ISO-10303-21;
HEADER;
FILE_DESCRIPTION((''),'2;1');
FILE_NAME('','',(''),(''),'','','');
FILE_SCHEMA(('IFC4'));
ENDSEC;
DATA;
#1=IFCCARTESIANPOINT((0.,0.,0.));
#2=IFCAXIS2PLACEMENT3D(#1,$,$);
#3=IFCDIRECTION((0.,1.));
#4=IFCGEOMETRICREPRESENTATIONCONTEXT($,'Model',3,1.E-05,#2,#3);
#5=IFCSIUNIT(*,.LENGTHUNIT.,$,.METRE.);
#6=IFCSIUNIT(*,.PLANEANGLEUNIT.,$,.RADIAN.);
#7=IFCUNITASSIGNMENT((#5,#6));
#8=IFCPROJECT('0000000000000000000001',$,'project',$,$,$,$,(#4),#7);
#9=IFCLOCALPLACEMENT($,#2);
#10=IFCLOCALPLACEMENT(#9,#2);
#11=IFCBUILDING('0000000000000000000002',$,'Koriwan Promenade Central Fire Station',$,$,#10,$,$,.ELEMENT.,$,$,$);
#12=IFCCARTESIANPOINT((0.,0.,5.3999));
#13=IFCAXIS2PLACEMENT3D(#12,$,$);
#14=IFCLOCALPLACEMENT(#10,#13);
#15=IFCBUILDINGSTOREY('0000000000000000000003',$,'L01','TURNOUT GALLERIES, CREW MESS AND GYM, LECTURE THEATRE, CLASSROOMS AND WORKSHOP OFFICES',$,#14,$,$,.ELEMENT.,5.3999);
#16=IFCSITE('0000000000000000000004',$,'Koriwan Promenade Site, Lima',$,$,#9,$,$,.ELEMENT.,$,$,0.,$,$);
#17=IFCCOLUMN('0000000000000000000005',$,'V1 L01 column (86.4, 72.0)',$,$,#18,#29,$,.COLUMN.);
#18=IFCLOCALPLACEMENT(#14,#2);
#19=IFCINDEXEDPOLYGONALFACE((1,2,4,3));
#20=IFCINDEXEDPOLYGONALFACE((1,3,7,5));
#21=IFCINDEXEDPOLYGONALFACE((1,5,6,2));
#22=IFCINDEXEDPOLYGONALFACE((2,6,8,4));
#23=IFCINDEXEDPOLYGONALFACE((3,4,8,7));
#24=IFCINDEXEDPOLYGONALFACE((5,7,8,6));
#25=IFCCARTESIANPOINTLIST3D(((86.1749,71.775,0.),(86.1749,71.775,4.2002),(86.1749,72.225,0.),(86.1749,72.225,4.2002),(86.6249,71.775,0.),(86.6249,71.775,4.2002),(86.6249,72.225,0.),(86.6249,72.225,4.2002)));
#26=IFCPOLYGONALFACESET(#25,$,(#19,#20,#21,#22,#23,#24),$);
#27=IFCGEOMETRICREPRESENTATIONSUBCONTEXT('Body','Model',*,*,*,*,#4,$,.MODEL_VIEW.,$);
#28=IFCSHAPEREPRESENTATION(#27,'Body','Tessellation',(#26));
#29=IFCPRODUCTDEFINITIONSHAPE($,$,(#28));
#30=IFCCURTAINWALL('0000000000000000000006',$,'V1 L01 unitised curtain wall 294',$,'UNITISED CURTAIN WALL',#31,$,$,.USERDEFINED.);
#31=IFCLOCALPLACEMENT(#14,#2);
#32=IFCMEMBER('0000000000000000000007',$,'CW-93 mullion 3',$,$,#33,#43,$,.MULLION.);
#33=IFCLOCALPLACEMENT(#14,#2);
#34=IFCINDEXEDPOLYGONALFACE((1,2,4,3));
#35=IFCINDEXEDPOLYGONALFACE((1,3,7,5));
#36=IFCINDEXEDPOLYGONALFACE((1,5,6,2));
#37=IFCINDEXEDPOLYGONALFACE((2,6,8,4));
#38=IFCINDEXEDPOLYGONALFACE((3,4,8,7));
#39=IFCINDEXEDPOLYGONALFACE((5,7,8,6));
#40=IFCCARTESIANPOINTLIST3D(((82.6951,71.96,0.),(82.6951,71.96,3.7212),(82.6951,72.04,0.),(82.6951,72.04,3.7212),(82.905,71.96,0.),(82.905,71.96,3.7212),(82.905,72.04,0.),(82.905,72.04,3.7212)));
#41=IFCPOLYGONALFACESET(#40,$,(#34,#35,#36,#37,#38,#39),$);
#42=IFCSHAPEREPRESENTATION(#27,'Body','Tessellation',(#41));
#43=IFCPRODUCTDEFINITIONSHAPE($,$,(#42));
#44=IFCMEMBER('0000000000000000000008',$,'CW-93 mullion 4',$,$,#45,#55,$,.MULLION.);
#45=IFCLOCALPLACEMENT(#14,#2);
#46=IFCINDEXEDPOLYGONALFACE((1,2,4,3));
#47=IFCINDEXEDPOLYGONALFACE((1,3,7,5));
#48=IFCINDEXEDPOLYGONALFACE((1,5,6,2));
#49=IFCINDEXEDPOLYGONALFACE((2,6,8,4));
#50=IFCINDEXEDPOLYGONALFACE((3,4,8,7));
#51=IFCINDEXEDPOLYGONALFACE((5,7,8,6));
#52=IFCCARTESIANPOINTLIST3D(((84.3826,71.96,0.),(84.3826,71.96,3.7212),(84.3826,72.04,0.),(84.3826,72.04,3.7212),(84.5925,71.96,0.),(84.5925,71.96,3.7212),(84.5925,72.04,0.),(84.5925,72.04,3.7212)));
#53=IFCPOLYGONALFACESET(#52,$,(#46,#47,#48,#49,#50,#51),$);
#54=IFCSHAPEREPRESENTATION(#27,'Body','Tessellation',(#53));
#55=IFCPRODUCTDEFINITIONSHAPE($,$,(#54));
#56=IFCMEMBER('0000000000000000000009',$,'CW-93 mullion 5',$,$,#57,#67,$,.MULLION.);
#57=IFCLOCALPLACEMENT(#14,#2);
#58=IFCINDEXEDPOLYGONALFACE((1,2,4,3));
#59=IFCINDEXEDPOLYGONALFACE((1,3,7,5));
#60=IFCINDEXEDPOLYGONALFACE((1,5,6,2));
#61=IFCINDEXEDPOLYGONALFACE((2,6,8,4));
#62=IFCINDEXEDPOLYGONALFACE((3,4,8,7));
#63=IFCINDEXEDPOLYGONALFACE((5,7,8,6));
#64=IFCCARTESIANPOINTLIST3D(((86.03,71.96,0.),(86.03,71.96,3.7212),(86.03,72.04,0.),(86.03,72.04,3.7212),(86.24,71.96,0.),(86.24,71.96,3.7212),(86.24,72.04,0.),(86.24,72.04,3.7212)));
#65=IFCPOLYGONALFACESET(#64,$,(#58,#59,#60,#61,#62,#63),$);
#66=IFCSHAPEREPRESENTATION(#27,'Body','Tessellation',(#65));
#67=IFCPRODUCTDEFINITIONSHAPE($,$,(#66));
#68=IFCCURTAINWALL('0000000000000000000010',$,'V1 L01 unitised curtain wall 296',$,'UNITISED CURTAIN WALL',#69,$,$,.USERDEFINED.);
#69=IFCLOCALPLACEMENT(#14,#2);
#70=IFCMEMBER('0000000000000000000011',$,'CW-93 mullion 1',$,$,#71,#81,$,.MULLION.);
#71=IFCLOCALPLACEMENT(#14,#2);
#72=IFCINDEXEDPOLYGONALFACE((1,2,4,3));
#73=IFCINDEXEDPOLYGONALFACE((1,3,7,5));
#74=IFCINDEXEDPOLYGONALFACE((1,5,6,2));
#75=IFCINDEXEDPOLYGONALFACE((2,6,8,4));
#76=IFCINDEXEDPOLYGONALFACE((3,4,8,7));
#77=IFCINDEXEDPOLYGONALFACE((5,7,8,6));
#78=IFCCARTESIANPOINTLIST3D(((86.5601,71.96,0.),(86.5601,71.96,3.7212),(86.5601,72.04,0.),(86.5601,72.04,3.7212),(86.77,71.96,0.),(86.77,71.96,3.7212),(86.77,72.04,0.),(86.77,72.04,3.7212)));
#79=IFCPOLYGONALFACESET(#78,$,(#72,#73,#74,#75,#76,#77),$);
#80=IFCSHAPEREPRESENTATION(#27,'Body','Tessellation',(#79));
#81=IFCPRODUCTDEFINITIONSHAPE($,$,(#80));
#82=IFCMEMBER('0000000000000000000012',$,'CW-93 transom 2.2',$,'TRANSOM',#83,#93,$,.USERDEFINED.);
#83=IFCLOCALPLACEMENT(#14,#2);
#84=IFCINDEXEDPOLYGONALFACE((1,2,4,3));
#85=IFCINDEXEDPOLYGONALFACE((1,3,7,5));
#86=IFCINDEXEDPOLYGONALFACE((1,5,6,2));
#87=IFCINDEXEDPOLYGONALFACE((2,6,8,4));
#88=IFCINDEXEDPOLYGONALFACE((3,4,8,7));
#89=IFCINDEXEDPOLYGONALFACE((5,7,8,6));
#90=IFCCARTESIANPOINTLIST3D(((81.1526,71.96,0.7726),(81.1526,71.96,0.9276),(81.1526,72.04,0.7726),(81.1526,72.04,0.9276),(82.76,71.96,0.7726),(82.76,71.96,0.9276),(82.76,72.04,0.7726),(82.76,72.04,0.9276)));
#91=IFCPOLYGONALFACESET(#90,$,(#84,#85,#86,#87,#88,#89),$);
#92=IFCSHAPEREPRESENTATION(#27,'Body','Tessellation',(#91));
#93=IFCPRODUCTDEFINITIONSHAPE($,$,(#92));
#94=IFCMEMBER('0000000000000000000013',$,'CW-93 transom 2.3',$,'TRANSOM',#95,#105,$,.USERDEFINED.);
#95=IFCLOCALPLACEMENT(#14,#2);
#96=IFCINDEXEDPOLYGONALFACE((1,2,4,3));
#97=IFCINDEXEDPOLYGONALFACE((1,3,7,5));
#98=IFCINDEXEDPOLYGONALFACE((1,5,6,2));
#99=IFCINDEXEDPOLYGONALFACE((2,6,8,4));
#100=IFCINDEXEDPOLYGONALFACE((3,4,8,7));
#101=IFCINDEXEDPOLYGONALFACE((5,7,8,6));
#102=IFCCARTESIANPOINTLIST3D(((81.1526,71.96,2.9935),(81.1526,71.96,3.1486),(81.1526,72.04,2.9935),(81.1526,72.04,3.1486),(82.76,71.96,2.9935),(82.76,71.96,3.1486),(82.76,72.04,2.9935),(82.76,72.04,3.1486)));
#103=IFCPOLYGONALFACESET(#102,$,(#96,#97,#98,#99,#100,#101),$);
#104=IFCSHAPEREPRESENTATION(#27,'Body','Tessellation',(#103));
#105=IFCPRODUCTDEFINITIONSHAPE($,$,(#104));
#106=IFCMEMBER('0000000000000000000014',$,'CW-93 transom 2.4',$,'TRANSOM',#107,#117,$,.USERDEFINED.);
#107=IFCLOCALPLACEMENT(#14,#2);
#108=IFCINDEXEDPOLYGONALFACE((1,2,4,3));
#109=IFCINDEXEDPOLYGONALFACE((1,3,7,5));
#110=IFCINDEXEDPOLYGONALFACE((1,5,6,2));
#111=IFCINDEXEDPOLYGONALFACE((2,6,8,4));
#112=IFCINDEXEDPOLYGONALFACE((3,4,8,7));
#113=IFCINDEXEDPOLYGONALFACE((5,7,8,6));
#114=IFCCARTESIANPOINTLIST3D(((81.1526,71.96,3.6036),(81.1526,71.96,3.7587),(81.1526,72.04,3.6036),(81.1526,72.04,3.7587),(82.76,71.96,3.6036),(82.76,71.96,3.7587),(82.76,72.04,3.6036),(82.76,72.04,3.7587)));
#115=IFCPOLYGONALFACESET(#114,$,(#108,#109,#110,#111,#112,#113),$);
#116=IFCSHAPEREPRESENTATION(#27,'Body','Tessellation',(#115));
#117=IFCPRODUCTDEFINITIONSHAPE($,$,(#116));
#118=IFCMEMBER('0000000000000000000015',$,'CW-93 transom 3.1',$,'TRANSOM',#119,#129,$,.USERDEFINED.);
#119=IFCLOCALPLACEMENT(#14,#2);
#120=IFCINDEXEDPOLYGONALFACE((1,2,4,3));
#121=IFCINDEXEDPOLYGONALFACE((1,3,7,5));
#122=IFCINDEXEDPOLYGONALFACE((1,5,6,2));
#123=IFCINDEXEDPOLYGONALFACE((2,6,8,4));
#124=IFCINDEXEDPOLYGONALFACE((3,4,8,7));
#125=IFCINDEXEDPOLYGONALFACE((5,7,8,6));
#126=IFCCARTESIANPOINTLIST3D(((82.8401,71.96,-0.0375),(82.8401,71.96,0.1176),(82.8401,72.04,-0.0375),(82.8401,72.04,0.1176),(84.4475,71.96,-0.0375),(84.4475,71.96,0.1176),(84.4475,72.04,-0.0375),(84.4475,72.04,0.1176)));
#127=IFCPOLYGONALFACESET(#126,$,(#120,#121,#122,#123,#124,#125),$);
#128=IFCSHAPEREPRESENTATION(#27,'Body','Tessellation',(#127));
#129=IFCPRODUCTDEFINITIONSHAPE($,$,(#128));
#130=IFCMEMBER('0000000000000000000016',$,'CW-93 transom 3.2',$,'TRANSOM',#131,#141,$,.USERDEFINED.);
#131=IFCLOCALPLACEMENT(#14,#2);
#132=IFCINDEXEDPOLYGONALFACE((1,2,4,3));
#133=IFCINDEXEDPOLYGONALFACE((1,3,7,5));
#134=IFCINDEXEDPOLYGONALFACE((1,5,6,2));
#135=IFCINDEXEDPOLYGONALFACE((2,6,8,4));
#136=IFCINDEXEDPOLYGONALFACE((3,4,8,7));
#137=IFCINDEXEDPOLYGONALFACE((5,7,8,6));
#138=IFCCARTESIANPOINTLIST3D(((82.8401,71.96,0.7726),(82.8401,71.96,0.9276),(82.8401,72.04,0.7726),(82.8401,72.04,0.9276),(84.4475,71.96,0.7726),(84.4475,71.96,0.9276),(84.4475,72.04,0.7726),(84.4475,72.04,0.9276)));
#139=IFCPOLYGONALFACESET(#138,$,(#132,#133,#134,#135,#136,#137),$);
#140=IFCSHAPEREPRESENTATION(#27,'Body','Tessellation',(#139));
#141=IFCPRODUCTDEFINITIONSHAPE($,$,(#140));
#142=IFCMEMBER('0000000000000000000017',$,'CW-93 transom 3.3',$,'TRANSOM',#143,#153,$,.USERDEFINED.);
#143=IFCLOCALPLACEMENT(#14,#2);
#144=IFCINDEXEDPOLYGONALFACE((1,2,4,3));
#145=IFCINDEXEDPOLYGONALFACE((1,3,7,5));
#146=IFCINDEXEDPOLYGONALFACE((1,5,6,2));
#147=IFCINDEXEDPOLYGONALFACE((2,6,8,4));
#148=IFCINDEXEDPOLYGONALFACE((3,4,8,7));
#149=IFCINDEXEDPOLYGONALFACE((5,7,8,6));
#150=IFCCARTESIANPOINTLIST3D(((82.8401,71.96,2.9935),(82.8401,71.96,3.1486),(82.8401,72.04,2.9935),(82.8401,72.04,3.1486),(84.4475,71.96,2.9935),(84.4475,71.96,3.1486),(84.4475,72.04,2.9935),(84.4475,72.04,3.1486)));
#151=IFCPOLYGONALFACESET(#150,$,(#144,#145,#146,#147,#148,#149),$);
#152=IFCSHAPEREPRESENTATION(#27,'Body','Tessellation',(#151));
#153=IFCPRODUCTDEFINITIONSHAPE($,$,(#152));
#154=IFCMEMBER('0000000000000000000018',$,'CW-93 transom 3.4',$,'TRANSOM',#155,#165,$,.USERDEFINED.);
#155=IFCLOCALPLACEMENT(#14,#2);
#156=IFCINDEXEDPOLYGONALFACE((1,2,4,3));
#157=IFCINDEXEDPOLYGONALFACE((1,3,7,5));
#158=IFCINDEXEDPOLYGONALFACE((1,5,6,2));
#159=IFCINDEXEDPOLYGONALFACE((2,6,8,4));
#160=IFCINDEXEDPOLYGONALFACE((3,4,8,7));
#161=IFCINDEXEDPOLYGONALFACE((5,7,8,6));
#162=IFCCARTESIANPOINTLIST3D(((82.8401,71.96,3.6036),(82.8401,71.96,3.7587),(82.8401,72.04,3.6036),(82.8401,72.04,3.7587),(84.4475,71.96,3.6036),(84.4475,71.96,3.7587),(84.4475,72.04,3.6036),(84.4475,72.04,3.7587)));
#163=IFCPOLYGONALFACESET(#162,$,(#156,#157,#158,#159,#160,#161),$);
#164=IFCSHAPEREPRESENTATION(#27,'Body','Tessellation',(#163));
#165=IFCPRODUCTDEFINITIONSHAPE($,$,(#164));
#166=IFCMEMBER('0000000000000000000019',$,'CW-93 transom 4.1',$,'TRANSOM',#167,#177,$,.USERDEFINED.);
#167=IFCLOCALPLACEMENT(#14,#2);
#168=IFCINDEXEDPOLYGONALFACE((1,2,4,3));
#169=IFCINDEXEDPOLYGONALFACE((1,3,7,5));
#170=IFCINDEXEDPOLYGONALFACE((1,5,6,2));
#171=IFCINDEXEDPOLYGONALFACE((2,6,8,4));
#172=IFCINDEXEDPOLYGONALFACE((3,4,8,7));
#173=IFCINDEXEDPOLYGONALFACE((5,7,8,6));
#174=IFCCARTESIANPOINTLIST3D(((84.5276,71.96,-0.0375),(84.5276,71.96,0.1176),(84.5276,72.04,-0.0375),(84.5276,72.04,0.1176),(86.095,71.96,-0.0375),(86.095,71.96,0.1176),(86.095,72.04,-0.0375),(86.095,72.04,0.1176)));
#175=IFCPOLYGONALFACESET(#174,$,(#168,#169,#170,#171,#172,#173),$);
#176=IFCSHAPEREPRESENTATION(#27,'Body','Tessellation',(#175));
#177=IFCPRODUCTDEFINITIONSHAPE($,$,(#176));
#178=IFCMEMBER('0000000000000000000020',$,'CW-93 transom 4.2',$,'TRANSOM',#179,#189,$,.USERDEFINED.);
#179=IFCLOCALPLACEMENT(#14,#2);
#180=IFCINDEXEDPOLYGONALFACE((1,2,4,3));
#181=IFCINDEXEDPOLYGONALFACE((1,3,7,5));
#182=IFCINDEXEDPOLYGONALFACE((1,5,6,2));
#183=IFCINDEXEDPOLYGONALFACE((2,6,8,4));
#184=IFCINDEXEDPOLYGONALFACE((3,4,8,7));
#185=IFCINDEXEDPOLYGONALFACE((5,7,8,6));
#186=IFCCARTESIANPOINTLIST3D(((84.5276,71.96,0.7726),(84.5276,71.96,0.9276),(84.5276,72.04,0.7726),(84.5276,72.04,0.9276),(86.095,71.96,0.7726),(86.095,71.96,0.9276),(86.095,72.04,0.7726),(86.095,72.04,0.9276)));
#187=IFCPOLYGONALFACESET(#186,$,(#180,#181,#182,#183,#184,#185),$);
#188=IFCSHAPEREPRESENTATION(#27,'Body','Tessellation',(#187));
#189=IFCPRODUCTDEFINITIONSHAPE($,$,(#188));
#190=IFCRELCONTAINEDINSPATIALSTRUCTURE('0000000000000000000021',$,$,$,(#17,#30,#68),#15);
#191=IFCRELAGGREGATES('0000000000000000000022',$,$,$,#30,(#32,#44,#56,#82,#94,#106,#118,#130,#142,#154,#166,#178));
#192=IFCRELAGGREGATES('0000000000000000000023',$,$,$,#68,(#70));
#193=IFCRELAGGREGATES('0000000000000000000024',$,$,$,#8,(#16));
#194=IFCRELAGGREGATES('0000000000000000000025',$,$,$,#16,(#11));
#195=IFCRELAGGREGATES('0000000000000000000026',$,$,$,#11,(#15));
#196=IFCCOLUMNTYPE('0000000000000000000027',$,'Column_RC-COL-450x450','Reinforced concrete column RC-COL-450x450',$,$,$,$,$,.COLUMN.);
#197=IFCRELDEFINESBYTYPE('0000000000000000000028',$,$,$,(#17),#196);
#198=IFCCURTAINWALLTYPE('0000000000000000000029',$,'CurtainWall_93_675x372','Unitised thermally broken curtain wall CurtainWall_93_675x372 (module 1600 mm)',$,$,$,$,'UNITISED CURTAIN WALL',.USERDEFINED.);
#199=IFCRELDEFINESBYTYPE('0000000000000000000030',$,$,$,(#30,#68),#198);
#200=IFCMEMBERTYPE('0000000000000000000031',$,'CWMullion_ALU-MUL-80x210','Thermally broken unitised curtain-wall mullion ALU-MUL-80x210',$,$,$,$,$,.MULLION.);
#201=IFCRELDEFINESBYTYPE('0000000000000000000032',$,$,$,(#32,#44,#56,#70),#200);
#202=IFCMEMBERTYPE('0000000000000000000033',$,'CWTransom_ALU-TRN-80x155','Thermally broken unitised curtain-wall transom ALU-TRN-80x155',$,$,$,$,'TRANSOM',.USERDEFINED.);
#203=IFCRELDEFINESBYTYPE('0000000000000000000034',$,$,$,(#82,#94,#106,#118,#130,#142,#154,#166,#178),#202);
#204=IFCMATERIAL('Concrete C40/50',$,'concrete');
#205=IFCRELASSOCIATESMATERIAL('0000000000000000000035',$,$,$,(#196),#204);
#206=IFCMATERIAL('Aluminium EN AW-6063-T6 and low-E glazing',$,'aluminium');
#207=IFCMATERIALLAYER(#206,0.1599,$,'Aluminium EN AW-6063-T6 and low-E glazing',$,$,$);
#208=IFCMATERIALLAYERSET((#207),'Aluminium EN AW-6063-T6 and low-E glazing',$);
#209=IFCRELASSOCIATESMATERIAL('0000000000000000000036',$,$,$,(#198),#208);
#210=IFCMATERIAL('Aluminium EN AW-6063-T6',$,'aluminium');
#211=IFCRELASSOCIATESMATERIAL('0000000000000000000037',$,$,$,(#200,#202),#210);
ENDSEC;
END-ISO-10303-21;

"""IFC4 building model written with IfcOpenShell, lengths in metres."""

from ifc_helpers import new_model, si_unit, direction, frame, origin, origin_2d, place, context, subcontext, project, spatial, rectangle, extrude, material, layer, layer_set, material_profile, profile_set, type_object, element, aggregate, save


model = new_model("IFC4")

# Units and contexts
model_context = context("Model", 3, precision=1e-05, world=origin(), true_north=direction((0.0, 1.0)))
body_context = subcontext(model_context, "Body", "Model", "MODEL_VIEW")
ifc_project = project(units=[si_unit("LENGTHUNIT", "METRE"), si_unit("PLANEANGLEUNIT", "RADIAN")], contexts=[model_context])

# Site, building, storey
site_placement = place(None, origin())
site = spatial("IfcSite", under=ifc_project, at=site_placement, Name="Koriwan Promenade Site, Lima", CompositionType="ELEMENT", RefElevation=0.0)
building_placement = place(site_placement, origin())
building = spatial("IfcBuilding", under=site, at=building_placement, Name="Koriwan Promenade Central Fire Station", CompositionType="ELEMENT")
storey_placement = place(building_placement, frame((0.0, 0.0, 5.3999)))
storey = spatial("IfcBuildingStorey", under=building, at=storey_placement, Name="L01", Description="TURNOUT GALLERIES, CREW MESS AND GYM, LECTURE THEATRE, CLASSROOMS AND WORKSHOP OFFICES", CompositionType="ELEMENT", Elevation=5.3999)

# Column
ifc_material_1 = material(Name="Concrete C40/50", Category="concrete")
ifc_material_profile_1 = material_profile(ifc_material_1, rectangle(XDim=0.45, YDim=0.45, at=origin_2d()), Name="RC-COL-450x450")
ifc_profile_set_1 = profile_set([ifc_material_profile_1], Name="Concrete C40/50")
column_type = type_object("IfcColumnType", Name="Column_RC-COL-450x450", Description="Reinforced concrete column RC-COL-450x450", PredefinedType="COLUMN", material=ifc_profile_set_1)
column_placement = place(storey_placement, frame((86.3999, 72.0, 0.0), z_axis=(0.0, 0.0, 1.0), x_axis=(1.0, 0.0, 0.0)))
element("IfcColumn", 1, at=column_placement, inside=storey, type_object=column_type, Name="V1 L01 column (86.4, 72.0)", PredefinedType="COLUMN", context=body_context, shape_type="SweptSolid", body=[
    extrude(rectangle(XDim=0.45, YDim=0.45, at=origin_2d()), origin(), (0.0, 0.0, 1.0), 4.2002),
])

# Curtain wall, members
ifc_material_2 = material(Name="Aluminium EN AW-6063-T6 and low-E glazing", Category="aluminium")
ifc_layer_1 = layer(ifc_material_2, 0.1599, Name="Aluminium EN AW-6063-T6 and low-E glazing")
ifc_layer_set_1 = layer_set([ifc_layer_1], Name="Aluminium EN AW-6063-T6 and low-E glazing")
curtain_wall_type = type_object("IfcCurtainWallType", Name="CurtainWall_93_675x372", Description="Unitised thermally broken curtain wall CurtainWall_93_675x372 (module 1600 mm)", ElementType="UNITISED CURTAIN WALL", PredefinedType="USERDEFINED", material=ifc_layer_set_1)
curtain_wall_1_placement = place(storey_placement, origin())
curtain_wall_1 = element("IfcCurtainWall", 2, at=curtain_wall_1_placement, inside=storey, type_object=curtain_wall_type, Name="V1 L01 unitised curtain wall 294", ObjectType="UNITISED CURTAIN WALL", PredefinedType="USERDEFINED")
ifc_material_3 = material(Name="Aluminium EN AW-6063-T6", Category="aluminium")
ifc_material_profile_2 = material_profile(ifc_material_3, rectangle(XDim=0.0801, YDim=0.21, at=origin_2d()), Name="ALU-MUL-80x210")
ifc_profile_set_2 = profile_set([ifc_material_profile_2], Name="Aluminium EN AW-6063-T6")
member_type_1 = type_object("IfcMemberType", Name="CWMullion_ALU-MUL-80x210", Description="Thermally broken unitised curtain-wall mullion ALU-MUL-80x210", PredefinedType="MULLION", material=ifc_profile_set_2)
member_1_placement = place(storey_placement, frame((82.8, 72.0, 0.0), z_axis=(0.0, 0.0, 1.0), x_axis=(0.0, 1.0, 0.0)))
member_1 = element("IfcMember", 3, at=member_1_placement, type_object=member_type_1, Name="CW-93 mullion 3", PredefinedType="MULLION", context=body_context, shape_type="SweptSolid", body=[
    extrude(rectangle(XDim=0.0801, YDim=0.21, at=origin_2d()), origin(), (0.0, 0.0, 1.0), 3.7212),
])
member_2_placement = place(storey_placement, frame((84.4875, 72.0, 0.0), z_axis=(0.0, 0.0, 1.0), x_axis=(0.0, 1.0, 0.0)))
member_2 = element("IfcMember", 4, at=member_2_placement, type_object=member_type_1, Name="CW-93 mullion 4", PredefinedType="MULLION", context=body_context, shape_type="SweptSolid", body=[
    extrude(rectangle(XDim=0.0801, YDim=0.21, at=origin_2d()), origin(), (0.0, 0.0, 1.0), 3.7212),
])
member_3_placement = place(storey_placement, frame((86.135, 72.0, 0.0), z_axis=(0.0, 0.0, 1.0), x_axis=(0.0, 1.0, 0.0)))
member_3 = element("IfcMember", 5, at=member_3_placement, type_object=member_type_1, Name="CW-93 mullion 5", PredefinedType="MULLION", context=body_context, shape_type="SweptSolid", body=[
    extrude(rectangle(XDim=0.0801, YDim=0.21, at=origin_2d()), origin(), (0.0, 0.0, 1.0), 3.7212),
])

# Curtain wall, member
curtain_wall_2_placement = place(storey_placement, origin())
curtain_wall_2 = element("IfcCurtainWall", 6, at=curtain_wall_2_placement, inside=storey, type_object=curtain_wall_type, Name="V1 L01 unitised curtain wall 296", ObjectType="UNITISED CURTAIN WALL", PredefinedType="USERDEFINED")
member_4_placement = place(storey_placement, frame((86.665, 72.0, 0.0), z_axis=(0.0, 0.0, 1.0), x_axis=(0.0, 1.0, 0.0)))
member_4 = element("IfcMember", 7, at=member_4_placement, type_object=member_type_1, Name="CW-93 mullion 1", PredefinedType="MULLION", context=body_context, shape_type="SweptSolid", body=[
    extrude(rectangle(XDim=0.0801, YDim=0.21, at=origin_2d()), origin(), (0.0, 0.0, 1.0), 3.7212),
])

# Members
ifc_material_profile_3 = material_profile(ifc_material_3, rectangle(XDim=0.0801, YDim=0.155, at=origin_2d()), Name="ALU-TRN-80x155")
ifc_profile_set_3 = profile_set([ifc_material_profile_3], Name="Aluminium EN AW-6063-T6")
member_type_2 = type_object("IfcMemberType", Name="CWTransom_ALU-TRN-80x155", Description="Thermally broken unitised curtain-wall transom ALU-TRN-80x155", ElementType="TRANSOM", PredefinedType="USERDEFINED", material=ifc_profile_set_3)
member_5_placement = place(storey_placement, frame((81.1526, 72.0, 0.8501), z_axis=(1.0, 0.0, 0.0), x_axis=(0.0, 1.0, 0.0)))
member_5 = element("IfcMember", 8, at=member_5_placement, type_object=member_type_2, Name="CW-93 transom 2.2", ObjectType="TRANSOM", PredefinedType="USERDEFINED", context=body_context, shape_type="SweptSolid", body=[
    extrude(rectangle(XDim=0.0801, YDim=0.155, at=origin_2d()), origin(), (0.0, 0.0, 1.0), 1.6074),
])
member_6_placement = place(storey_placement, frame((81.1526, 72.0, 3.071), z_axis=(1.0, 0.0, 0.0), x_axis=(0.0, 1.0, 0.0)))
member_6 = element("IfcMember", 9, at=member_6_placement, type_object=member_type_2, Name="CW-93 transom 2.3", ObjectType="TRANSOM", PredefinedType="USERDEFINED", context=body_context, shape_type="SweptSolid", body=[
    extrude(rectangle(XDim=0.0801, YDim=0.155, at=origin_2d()), origin(), (0.0, 0.0, 1.0), 1.6074),
])
member_7_placement = place(storey_placement, frame((81.1526, 72.0, 3.6812), z_axis=(1.0, 0.0, 0.0), x_axis=(0.0, 1.0, 0.0)))
member_7 = element("IfcMember", 10, at=member_7_placement, type_object=member_type_2, Name="CW-93 transom 2.4", ObjectType="TRANSOM", PredefinedType="USERDEFINED", context=body_context, shape_type="SweptSolid", body=[
    extrude(rectangle(XDim=0.0801, YDim=0.155, at=origin_2d()), origin(), (0.0, 0.0, 1.0), 1.6074),
])
member_8_placement = place(storey_placement, frame((82.8401, 72.0, 0.04), z_axis=(1.0, 0.0, 0.0), x_axis=(0.0, 1.0, 0.0)))
member_8 = element("IfcMember", 11, at=member_8_placement, type_object=member_type_2, Name="CW-93 transom 3.1", ObjectType="TRANSOM", PredefinedType="USERDEFINED", context=body_context, shape_type="SweptSolid", body=[
    extrude(rectangle(XDim=0.0801, YDim=0.155, at=origin_2d()), origin(), (0.0, 0.0, 1.0), 1.6074),
])
member_9_placement = place(storey_placement, frame((82.8401, 72.0, 0.8501), z_axis=(1.0, 0.0, 0.0), x_axis=(0.0, 1.0, 0.0)))
member_9 = element("IfcMember", 12, at=member_9_placement, type_object=member_type_2, Name="CW-93 transom 3.2", ObjectType="TRANSOM", PredefinedType="USERDEFINED", context=body_context, shape_type="SweptSolid", body=[
    extrude(rectangle(XDim=0.0801, YDim=0.155, at=origin_2d()), origin(), (0.0, 0.0, 1.0), 1.6074),
])
member_10_placement = place(storey_placement, frame((82.8401, 72.0, 3.071), z_axis=(1.0, 0.0, 0.0), x_axis=(0.0, 1.0, 0.0)))
member_10 = element("IfcMember", 13, at=member_10_placement, type_object=member_type_2, Name="CW-93 transom 3.3", ObjectType="TRANSOM", PredefinedType="USERDEFINED", context=body_context, shape_type="SweptSolid", body=[
    extrude(rectangle(XDim=0.0801, YDim=0.155, at=origin_2d()), origin(), (0.0, 0.0, 1.0), 1.6074),
])
member_11_placement = place(storey_placement, frame((82.8401, 72.0, 3.6812), z_axis=(1.0, 0.0, 0.0), x_axis=(0.0, 1.0, 0.0)))
member_11 = element("IfcMember", 14, at=member_11_placement, type_object=member_type_2, Name="CW-93 transom 3.4", ObjectType="TRANSOM", PredefinedType="USERDEFINED", context=body_context, shape_type="SweptSolid", body=[
    extrude(rectangle(XDim=0.0801, YDim=0.155, at=origin_2d()), origin(), (0.0, 0.0, 1.0), 1.6074),
])
member_12_placement = place(storey_placement, frame((84.5276, 72.0, 0.04), z_axis=(1.0, 0.0, 0.0), x_axis=(0.0, 1.0, 0.0)))
member_12 = element("IfcMember", 15, at=member_12_placement, type_object=member_type_2, Name="CW-93 transom 4.1", ObjectType="TRANSOM", PredefinedType="USERDEFINED", context=body_context, shape_type="SweptSolid", body=[
    extrude(rectangle(XDim=0.0801, YDim=0.155, at=origin_2d()), origin(), (0.0, 0.0, 1.0), 1.5674),
])
member_13_placement = place(storey_placement, frame((84.5276, 72.0, 0.8501), z_axis=(1.0, 0.0, 0.0), x_axis=(0.0, 1.0, 0.0)))
member_13 = element("IfcMember", 16, at=member_13_placement, type_object=member_type_2, Name="CW-93 transom 4.2", ObjectType="TRANSOM", PredefinedType="USERDEFINED", context=body_context, shape_type="SweptSolid", body=[
    extrude(rectangle(XDim=0.0801, YDim=0.155, at=origin_2d()), origin(), (0.0, 0.0, 1.0), 1.5674),
])

aggregate(curtain_wall_1, [member_1, member_2, member_3, member_5, member_6, member_7, member_8, member_9, member_10, member_11, member_12, member_13])
aggregate(curtain_wall_2, [member_4])

save(model, "model.ifc")
